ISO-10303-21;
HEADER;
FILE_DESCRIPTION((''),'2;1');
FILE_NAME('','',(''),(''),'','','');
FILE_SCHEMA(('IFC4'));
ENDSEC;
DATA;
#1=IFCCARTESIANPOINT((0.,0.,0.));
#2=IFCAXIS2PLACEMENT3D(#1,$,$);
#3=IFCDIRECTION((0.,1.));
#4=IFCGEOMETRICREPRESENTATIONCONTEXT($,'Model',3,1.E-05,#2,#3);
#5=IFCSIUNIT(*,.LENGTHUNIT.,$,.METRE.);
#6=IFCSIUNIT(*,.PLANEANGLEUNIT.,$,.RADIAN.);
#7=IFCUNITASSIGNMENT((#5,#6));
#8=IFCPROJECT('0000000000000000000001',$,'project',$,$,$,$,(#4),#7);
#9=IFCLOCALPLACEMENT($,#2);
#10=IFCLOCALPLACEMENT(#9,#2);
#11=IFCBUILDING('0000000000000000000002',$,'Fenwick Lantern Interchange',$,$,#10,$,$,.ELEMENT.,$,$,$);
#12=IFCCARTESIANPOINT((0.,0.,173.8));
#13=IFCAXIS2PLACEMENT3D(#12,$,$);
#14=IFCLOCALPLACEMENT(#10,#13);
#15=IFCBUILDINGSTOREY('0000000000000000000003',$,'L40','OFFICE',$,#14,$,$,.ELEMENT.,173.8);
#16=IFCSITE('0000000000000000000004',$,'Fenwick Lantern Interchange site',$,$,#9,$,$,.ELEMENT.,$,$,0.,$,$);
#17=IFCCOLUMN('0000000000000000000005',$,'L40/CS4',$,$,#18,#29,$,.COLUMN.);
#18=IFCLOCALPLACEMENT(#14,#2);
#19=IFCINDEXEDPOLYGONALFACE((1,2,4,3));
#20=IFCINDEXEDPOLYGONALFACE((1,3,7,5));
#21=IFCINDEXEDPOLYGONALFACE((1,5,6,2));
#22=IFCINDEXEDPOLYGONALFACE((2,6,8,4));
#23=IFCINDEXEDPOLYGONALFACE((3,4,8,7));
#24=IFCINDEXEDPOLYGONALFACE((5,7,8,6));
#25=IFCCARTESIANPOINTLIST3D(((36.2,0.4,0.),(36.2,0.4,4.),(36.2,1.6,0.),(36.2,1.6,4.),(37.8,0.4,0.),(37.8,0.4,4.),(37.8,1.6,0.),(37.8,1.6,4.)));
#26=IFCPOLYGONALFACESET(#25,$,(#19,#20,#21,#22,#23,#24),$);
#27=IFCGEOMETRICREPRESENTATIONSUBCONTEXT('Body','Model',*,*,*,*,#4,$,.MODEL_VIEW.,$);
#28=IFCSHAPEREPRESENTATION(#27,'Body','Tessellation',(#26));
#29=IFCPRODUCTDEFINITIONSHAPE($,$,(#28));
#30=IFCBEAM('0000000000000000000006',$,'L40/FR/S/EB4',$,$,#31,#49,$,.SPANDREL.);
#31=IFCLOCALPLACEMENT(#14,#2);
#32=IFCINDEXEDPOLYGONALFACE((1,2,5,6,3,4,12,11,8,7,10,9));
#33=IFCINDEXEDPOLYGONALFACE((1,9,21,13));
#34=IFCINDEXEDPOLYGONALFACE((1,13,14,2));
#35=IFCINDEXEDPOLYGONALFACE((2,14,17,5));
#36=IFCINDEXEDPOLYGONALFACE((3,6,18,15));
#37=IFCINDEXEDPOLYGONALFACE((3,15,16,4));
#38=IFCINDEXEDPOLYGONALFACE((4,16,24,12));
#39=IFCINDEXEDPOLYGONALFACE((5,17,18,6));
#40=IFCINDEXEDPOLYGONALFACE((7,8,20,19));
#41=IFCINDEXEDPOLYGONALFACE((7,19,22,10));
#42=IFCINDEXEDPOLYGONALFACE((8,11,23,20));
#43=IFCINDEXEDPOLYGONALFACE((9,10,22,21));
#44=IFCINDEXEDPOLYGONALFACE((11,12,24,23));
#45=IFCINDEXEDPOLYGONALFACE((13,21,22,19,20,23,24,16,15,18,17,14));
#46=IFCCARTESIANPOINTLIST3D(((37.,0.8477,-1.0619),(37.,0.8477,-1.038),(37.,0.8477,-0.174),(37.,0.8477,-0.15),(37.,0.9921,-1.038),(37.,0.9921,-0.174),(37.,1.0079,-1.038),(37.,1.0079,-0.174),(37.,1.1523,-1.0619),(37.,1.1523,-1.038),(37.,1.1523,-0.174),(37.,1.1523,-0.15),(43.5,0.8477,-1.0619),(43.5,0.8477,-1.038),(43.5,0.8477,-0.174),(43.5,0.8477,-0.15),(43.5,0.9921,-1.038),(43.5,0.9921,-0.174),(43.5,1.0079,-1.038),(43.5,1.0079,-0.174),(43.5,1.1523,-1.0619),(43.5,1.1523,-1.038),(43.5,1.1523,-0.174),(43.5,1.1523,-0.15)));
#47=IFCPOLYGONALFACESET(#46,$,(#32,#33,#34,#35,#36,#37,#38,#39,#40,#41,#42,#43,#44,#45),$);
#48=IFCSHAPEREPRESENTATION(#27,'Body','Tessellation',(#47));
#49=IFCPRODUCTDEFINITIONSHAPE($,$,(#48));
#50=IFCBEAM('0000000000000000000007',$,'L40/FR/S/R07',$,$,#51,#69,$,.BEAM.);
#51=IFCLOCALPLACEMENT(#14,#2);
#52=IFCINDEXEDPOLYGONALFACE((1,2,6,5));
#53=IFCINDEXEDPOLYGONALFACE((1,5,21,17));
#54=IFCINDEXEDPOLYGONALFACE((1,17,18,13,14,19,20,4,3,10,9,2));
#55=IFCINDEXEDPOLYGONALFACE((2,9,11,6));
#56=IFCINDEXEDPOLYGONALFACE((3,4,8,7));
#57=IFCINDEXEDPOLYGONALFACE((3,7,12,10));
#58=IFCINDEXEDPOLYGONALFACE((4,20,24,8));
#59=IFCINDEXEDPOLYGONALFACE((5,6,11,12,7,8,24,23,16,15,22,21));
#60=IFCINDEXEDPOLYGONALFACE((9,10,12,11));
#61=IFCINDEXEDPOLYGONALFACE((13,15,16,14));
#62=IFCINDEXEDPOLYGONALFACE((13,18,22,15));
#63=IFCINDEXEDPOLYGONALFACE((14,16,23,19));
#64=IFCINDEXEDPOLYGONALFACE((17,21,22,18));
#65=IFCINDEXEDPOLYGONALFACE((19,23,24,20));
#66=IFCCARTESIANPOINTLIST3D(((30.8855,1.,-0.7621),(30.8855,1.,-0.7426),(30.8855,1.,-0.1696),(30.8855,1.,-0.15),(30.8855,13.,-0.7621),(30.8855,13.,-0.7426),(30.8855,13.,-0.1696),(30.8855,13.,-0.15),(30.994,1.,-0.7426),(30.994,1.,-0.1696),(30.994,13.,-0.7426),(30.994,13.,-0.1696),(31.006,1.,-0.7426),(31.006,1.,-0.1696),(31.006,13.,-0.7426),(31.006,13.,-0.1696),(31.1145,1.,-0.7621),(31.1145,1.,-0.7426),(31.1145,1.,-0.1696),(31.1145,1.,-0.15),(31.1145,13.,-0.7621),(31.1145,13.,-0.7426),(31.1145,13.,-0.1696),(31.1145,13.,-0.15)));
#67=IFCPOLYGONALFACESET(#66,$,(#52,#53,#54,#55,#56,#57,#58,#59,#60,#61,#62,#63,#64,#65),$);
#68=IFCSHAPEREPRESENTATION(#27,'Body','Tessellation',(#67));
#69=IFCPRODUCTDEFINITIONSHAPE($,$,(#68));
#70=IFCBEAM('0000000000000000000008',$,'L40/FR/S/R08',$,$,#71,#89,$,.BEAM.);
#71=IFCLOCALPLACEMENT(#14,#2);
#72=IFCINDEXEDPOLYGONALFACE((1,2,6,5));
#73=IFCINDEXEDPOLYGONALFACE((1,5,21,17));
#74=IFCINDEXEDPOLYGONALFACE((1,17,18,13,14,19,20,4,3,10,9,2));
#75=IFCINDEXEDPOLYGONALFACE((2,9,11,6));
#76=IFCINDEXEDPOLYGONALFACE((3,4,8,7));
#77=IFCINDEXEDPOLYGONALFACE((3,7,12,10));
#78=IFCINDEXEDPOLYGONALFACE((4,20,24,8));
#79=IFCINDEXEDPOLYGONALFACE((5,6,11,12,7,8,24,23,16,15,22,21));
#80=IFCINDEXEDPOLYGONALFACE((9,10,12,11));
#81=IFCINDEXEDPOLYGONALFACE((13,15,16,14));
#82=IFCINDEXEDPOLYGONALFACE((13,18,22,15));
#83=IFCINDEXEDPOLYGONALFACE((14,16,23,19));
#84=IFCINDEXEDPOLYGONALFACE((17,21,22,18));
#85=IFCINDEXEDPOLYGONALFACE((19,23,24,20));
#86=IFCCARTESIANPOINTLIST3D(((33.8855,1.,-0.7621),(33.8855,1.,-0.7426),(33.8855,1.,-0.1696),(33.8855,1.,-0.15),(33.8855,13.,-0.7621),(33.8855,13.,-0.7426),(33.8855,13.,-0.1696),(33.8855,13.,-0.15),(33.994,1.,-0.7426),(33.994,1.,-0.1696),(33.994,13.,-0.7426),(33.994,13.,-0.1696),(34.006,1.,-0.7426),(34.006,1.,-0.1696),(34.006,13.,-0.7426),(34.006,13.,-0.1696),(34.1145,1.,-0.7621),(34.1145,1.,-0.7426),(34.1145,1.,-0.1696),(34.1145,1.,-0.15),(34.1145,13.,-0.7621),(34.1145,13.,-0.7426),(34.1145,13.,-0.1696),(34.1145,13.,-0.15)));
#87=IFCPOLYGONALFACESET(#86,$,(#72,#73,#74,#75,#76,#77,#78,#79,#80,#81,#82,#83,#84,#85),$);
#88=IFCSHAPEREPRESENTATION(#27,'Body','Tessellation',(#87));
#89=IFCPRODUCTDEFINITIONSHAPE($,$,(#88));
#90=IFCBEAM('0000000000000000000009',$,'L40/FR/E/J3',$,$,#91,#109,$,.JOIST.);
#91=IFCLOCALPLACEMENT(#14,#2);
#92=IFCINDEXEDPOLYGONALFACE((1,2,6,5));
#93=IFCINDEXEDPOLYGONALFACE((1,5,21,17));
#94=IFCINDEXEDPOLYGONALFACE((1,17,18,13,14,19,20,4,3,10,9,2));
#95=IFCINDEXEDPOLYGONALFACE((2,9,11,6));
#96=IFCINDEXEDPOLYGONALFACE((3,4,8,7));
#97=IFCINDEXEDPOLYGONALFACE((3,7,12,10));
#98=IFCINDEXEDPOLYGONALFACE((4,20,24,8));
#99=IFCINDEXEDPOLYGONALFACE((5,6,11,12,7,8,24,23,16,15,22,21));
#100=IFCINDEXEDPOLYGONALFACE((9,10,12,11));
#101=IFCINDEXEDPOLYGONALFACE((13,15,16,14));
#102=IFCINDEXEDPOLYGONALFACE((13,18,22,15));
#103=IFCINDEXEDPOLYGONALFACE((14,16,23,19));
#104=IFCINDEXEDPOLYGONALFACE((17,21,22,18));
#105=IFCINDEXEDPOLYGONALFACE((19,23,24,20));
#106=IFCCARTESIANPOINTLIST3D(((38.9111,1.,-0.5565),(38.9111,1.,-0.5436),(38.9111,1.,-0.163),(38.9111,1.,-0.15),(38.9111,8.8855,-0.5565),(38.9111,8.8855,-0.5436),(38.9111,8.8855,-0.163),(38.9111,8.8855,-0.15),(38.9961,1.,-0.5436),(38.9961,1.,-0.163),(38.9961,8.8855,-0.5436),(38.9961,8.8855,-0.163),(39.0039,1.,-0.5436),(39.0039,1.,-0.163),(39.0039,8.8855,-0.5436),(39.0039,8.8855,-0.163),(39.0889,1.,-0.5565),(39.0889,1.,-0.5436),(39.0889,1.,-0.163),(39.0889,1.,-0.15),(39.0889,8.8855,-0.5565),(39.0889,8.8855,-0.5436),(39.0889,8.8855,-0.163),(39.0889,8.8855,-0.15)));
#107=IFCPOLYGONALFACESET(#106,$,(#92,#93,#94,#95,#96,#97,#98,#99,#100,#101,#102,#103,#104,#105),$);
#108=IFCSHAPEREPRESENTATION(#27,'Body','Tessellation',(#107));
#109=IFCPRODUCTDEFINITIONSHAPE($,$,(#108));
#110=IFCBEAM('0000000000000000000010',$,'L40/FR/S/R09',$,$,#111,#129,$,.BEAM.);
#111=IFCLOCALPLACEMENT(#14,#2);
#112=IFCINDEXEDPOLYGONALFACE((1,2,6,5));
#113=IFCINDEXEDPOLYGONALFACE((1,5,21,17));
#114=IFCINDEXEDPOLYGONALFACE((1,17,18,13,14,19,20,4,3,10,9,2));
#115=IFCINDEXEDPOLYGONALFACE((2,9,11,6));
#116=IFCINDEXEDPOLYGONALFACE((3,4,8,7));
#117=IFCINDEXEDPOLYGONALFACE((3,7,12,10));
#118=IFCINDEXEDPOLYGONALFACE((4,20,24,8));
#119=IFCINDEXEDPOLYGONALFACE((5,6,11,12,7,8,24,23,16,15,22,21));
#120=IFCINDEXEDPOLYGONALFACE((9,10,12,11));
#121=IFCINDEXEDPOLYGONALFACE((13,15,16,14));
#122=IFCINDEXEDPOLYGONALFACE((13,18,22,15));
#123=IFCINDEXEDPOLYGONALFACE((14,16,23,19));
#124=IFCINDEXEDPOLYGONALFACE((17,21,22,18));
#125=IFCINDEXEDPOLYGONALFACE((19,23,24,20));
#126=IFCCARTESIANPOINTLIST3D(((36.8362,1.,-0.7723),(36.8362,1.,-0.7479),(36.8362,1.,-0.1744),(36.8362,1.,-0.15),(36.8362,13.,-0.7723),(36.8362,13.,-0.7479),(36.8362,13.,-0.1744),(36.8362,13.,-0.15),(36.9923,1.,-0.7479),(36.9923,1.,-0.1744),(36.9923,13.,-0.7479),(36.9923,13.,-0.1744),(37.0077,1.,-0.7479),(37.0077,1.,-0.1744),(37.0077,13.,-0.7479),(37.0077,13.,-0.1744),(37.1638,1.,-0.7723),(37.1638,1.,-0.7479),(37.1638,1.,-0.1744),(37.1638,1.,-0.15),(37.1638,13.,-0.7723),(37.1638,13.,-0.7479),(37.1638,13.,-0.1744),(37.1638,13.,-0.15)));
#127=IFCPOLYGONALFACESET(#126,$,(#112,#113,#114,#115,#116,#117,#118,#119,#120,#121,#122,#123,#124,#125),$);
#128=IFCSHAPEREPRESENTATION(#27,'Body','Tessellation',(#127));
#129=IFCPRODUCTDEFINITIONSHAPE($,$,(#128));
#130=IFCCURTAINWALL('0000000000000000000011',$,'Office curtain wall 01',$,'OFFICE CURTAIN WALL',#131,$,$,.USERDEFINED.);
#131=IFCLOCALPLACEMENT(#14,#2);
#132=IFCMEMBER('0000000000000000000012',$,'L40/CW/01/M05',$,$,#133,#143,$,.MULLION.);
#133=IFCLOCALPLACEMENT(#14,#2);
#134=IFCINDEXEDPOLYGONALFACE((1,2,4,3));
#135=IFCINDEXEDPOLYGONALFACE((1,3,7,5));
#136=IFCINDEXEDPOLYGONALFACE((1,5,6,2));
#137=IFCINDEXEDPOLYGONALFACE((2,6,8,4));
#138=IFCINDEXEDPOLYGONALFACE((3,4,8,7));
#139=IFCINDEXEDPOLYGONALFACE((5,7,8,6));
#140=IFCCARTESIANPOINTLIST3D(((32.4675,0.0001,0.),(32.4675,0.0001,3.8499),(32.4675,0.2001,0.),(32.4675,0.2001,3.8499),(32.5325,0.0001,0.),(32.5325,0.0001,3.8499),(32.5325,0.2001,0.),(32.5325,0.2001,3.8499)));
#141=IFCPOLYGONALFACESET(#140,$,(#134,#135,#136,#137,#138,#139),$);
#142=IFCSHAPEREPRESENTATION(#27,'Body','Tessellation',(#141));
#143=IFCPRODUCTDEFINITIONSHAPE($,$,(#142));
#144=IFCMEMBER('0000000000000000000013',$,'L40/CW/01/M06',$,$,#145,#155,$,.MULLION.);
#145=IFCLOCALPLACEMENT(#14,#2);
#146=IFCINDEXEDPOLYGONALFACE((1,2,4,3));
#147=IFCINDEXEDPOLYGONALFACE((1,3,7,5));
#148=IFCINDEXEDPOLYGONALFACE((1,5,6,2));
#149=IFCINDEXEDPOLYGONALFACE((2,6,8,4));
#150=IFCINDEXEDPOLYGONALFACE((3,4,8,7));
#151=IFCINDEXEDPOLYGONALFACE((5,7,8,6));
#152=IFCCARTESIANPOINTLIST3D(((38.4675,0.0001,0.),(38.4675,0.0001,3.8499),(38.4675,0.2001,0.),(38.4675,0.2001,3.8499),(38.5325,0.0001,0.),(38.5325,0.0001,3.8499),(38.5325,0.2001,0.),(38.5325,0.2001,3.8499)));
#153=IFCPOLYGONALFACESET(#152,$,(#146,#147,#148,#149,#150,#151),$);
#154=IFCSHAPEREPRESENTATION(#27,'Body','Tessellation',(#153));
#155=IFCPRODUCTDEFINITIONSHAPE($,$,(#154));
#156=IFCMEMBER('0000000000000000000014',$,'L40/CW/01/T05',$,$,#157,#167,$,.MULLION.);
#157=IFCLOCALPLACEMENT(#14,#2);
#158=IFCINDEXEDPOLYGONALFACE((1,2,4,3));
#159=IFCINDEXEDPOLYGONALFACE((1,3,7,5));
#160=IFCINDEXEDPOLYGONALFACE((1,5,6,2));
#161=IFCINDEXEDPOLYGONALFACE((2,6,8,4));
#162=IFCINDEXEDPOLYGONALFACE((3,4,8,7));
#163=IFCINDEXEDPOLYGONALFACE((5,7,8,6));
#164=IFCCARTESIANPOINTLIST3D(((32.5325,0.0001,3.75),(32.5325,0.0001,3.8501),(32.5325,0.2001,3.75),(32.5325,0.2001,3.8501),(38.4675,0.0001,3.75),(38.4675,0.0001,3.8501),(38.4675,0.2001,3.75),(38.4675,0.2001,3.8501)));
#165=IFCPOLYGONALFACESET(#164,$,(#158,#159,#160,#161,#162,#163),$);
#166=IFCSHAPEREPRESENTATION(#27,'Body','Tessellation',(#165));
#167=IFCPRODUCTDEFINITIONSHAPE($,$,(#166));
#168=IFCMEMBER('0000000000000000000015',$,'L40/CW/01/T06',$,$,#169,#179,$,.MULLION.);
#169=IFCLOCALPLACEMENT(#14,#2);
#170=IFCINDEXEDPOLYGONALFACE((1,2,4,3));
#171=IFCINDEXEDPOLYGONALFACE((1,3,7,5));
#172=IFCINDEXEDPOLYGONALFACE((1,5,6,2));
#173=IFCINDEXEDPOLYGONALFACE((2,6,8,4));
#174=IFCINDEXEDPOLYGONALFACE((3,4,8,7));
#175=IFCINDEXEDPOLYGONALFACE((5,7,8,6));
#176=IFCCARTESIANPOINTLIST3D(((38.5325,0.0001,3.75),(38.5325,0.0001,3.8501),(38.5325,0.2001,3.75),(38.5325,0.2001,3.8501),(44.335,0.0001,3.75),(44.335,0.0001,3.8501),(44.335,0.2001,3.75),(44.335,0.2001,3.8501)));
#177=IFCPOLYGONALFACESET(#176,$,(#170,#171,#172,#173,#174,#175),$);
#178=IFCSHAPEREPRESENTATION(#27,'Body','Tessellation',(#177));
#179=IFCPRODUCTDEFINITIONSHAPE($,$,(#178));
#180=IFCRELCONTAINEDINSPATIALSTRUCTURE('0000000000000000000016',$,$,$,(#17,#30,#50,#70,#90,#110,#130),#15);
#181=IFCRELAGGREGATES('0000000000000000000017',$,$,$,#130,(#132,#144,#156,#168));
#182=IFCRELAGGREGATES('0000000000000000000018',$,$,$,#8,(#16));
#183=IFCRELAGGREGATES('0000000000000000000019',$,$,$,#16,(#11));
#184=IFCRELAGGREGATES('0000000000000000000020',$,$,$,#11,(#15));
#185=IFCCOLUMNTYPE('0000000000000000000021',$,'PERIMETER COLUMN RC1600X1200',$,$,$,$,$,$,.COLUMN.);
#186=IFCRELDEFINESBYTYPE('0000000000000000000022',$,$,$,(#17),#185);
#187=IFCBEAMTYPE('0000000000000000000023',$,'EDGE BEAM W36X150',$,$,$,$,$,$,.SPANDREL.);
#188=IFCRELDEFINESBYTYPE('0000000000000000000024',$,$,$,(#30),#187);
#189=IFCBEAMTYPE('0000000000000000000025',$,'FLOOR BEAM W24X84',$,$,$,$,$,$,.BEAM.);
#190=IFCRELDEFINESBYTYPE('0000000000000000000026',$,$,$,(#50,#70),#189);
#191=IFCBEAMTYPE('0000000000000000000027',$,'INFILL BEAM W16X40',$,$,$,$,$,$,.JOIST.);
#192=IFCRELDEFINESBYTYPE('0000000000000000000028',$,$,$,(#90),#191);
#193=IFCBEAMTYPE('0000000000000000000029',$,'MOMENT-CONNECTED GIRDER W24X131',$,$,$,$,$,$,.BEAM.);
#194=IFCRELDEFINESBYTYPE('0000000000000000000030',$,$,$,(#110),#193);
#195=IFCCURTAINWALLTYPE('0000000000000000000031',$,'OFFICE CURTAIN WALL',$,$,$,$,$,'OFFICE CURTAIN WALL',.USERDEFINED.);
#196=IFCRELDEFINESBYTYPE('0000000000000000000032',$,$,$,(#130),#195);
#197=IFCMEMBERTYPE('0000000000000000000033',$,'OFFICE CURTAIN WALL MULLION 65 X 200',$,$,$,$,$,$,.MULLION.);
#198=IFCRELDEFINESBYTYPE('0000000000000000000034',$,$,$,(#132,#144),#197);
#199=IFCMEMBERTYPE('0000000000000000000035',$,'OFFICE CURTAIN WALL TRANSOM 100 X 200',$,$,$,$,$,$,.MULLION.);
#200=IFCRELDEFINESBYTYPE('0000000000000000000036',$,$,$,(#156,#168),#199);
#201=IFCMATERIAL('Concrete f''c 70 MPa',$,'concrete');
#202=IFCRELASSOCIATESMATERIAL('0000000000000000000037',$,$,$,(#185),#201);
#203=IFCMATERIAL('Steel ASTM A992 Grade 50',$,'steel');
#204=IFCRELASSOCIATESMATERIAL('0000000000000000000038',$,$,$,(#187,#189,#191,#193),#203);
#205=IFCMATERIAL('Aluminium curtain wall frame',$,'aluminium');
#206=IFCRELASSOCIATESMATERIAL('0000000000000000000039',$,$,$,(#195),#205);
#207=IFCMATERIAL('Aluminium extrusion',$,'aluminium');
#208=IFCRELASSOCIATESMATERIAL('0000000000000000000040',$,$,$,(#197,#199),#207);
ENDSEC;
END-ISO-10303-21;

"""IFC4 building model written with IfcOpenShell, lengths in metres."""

from ifc_helpers import new_model, si_unit, direction, frame, origin, origin_2d, place, context, subcontext, project, spatial, rectangle, i_section, extrude, material, material_profile, profile_set, type_object, element, aggregate, save


model = new_model("IFC4")

# Units and contexts
model_context = context("Model", 3, precision=1e-05, world=origin(), true_north=direction((0.0, 1.0)))
body_context = subcontext(model_context, "Body", "Model", "MODEL_VIEW")
ifc_project = project(units=[si_unit("LENGTHUNIT", "METRE"), si_unit("PLANEANGLEUNIT", "RADIAN")], contexts=[model_context])

# Site, building, storey
site_placement = place(None, origin())
site = spatial("IfcSite", under=ifc_project, at=site_placement, Name="Fenwick Lantern Interchange site", CompositionType="ELEMENT", RefElevation=0.0)
building_placement = place(site_placement, origin())
building = spatial("IfcBuilding", under=site, at=building_placement, Name="Fenwick Lantern Interchange", CompositionType="ELEMENT")
storey_placement = place(building_placement, frame((0.0, 0.0, 173.8)))
storey = spatial("IfcBuildingStorey", under=building, at=storey_placement, Name="L40", Description="OFFICE", CompositionType="ELEMENT", Elevation=173.8)

# Column
ifc_material_1 = material(Name="Concrete f'c 70 MPa", Category="concrete")
ifc_material_profile_1 = material_profile(ifc_material_1, rectangle(XDim=1.6001, YDim=1.2, at=origin_2d()), Name="RC1600X1200")
ifc_profile_set_1 = profile_set([ifc_material_profile_1], Name="Concrete f'c 70 MPa")
column_type = type_object("IfcColumnType", Name="PERIMETER COLUMN RC1600X1200", PredefinedType="COLUMN", material=ifc_profile_set_1)
column_placement = place(storey_placement, frame((37.0, 1.0, 0.0), z_axis=(0.0, 0.0, 1.0), x_axis=(1.0, 0.0, 0.0)))
element("IfcColumn", 1, at=column_placement, inside=storey, type_object=column_type, Name="L40/CS4", PredefinedType="COLUMN", context=body_context, shape_type="SweptSolid", body=[
    extrude(rectangle(XDim=1.6001, YDim=1.2, at=origin_2d()), origin(), (0.0, 0.0, 1.0), 4.0),
])

# Beams
ifc_material_2 = material(Name="Steel ASTM A992 Grade 50", Category="steel")
ifc_material_profile_2 = material_profile(ifc_material_2, i_section(OverallWidth=0.3047, OverallDepth=0.9119, WebThickness=0.0159, FlangeThickness=0.0239, at=origin_2d()), Name="W36X150")
ifc_profile_set_2 = profile_set([ifc_material_profile_2], Name="Steel ASTM A992 Grade 50")
beam_type_1 = type_object("IfcBeamType", Name="EDGE BEAM W36X150", PredefinedType="SPANDREL", material=ifc_profile_set_2)
beam_1_placement = place(storey_placement, frame((37.0, 1.0, -0.606), z_axis=(1.0, 0.0, 0.0), x_axis=(0.0, 1.0, 0.0)))
element("IfcBeam", 2, at=beam_1_placement, inside=storey, type_object=beam_type_1, Name="L40/FR/S/EB4", PredefinedType="SPANDREL", context=body_context, shape_type="SweptSolid", body=[
    extrude(i_section(OverallWidth=0.3047, OverallDepth=0.9119, WebThickness=0.0159, FlangeThickness=0.0239, at=origin_2d()), origin(), (0.0, 0.0, 1.0), 6.5),
])
ifc_material_profile_3 = material_profile(ifc_material_2, i_section(OverallWidth=0.229, OverallDepth=0.6121, WebThickness=0.012, FlangeThickness=0.0195, at=origin_2d()), Name="W24X84")
ifc_profile_set_3 = profile_set([ifc_material_profile_3], Name="Steel ASTM A992 Grade 50")
beam_type_2 = type_object("IfcBeamType", Name="FLOOR BEAM W24X84", PredefinedType="BEAM", material=ifc_profile_set_3)
for number, where, z_axis, x_axis, name in (
    (3, (31.0, 1.0, -0.4561), (0.0, 1.0, 0.0), (-1.0, 0.0, 0.0), "L40/FR/S/R07"),
    (4, (34.0, 1.0, -0.4561), (0.0, 1.0, 0.0), (-1.0, 0.0, 0.0), "L40/FR/S/R08"),
):
    element("IfcBeam", number, at=place(storey_placement, frame(where, z_axis=z_axis, x_axis=x_axis)), inside=storey, type_object=beam_type_2, Name=name, PredefinedType="BEAM", context=body_context, shape_type="SweptSolid", body=[
        extrude(i_section(OverallWidth=0.229, OverallDepth=0.6121, WebThickness=0.012, FlangeThickness=0.0195, at=origin_2d()), origin(), (0.0, 0.0, 1.0), 12.0),
    ])
ifc_material_profile_4 = material_profile(ifc_material_2, i_section(OverallWidth=0.1777, OverallDepth=0.4065, WebThickness=0.0078, FlangeThickness=0.0129, at=origin_2d()), Name="W16X40")
ifc_profile_set_4 = profile_set([ifc_material_profile_4], Name="Steel ASTM A992 Grade 50")
beam_type_3 = type_object("IfcBeamType", Name="INFILL BEAM W16X40", PredefinedType="JOIST", material=ifc_profile_set_4)
beam_2_placement = place(storey_placement, frame((39.0, 1.0, -0.3533), z_axis=(0.0, 1.0, 0.0), x_axis=(-1.0, 0.0, 0.0)))
element("IfcBeam", 5, at=beam_2_placement, inside=storey, type_object=beam_type_3, Name="L40/FR/E/J3", PredefinedType="JOIST", context=body_context, shape_type="SweptSolid", body=[
    extrude(i_section(OverallWidth=0.1777, OverallDepth=0.4065, WebThickness=0.0078, FlangeThickness=0.0129, at=origin_2d()), origin(), (0.0, 0.0, 1.0), 7.8855),
])
ifc_material_profile_5 = material_profile(ifc_material_2, i_section(OverallWidth=0.3276, OverallDepth=0.6223, WebThickness=0.0154, FlangeThickness=0.0244, at=origin_2d()), Name="W24X131")
ifc_profile_set_5 = profile_set([ifc_material_profile_5], Name="Steel ASTM A992 Grade 50")
beam_type_4 = type_object("IfcBeamType", Name="MOMENT-CONNECTED GIRDER W24X131", PredefinedType="BEAM", material=ifc_profile_set_5)
beam_3_placement = place(storey_placement, frame((37.0, 1.0, -0.4612), z_axis=(0.0, 1.0, 0.0), x_axis=(-1.0, 0.0, 0.0)))
element("IfcBeam", 6, at=beam_3_placement, inside=storey, type_object=beam_type_4, Name="L40/FR/S/R09", PredefinedType="BEAM", context=body_context, shape_type="SweptSolid", body=[
    extrude(i_section(OverallWidth=0.3276, OverallDepth=0.6223, WebThickness=0.0154, FlangeThickness=0.0244, at=origin_2d()), origin(), (0.0, 0.0, 1.0), 12.0),
])

# Curtain wall, members
ifc_material_3 = material(Name="Aluminium curtain wall frame", Category="aluminium")
curtain_wall_type = type_object("IfcCurtainWallType", Name="OFFICE CURTAIN WALL", ElementType="OFFICE CURTAIN WALL", PredefinedType="USERDEFINED", material=ifc_material_3)
curtain_wall_placement = place(storey_placement, origin())
curtain_wall = element("IfcCurtainWall", 7, at=curtain_wall_placement, inside=storey, type_object=curtain_wall_type, Name="Office curtain wall 01", ObjectType="OFFICE CURTAIN WALL", PredefinedType="USERDEFINED")
ifc_material_4 = material(Name="Aluminium extrusion", Category="aluminium")
ifc_material_profile_6 = material_profile(ifc_material_4, rectangle(XDim=0.2, YDim=0.0649, at=origin_2d()), Name="OFFICE CURTAIN WALL MULLION 65 X 200")
ifc_profile_set_6 = profile_set([ifc_material_profile_6], Name="Aluminium extrusion")
member_type_1 = type_object("IfcMemberType", Name="OFFICE CURTAIN WALL MULLION 65 X 200", PredefinedType="MULLION", material=ifc_profile_set_6)
member_1_placement = place(storey_placement, frame((32.5, 0.1001, 0.0), z_axis=(0.0, 0.0, 1.0), x_axis=(0.0, 1.0, 0.0)))
member_1 = element("IfcMember", 8, at=member_1_placement, type_object=member_type_1, Name="L40/CW/01/M05", PredefinedType="MULLION", context=body_context, shape_type="SweptSolid", body=[
    extrude(rectangle(XDim=0.2, YDim=0.0649, at=origin_2d()), origin(), (0.0, 0.0, 1.0), 3.8499),
])
member_2_placement = place(storey_placement, frame((38.5, 0.1001, 0.0), z_axis=(0.0, 0.0, 1.0), x_axis=(0.0, 1.0, 0.0)))
member_2 = element("IfcMember", 9, at=member_2_placement, type_object=member_type_1, Name="L40/CW/01/M06", PredefinedType="MULLION", context=body_context, shape_type="SweptSolid", body=[
    extrude(rectangle(XDim=0.2, YDim=0.0649, at=origin_2d()), origin(), (0.0, 0.0, 1.0), 3.8499),
])
ifc_material_profile_7 = material_profile(ifc_material_4, rectangle(XDim=0.2, YDim=0.1001, at=origin_2d()), Name="OFFICE CURTAIN WALL TRANSOM 100 X 200")
ifc_profile_set_7 = profile_set([ifc_material_profile_7], Name="Aluminium extrusion")
member_type_2 = type_object("IfcMemberType", Name="OFFICE CURTAIN WALL TRANSOM 100 X 200", PredefinedType="MULLION", material=ifc_profile_set_7)
member_3_placement = place(storey_placement, frame((32.5325, 0.1001, 3.8), z_axis=(1.0, 0.0, 0.0), x_axis=(0.0, 1.0, 0.0)))
member_3 = element("IfcMember", 10, at=member_3_placement, type_object=member_type_2, Name="L40/CW/01/T05", PredefinedType="MULLION", context=body_context, shape_type="SweptSolid", body=[
    extrude(rectangle(XDim=0.2, YDim=0.1001, at=origin_2d()), origin(), (0.0, 0.0, 1.0), 5.9351),
])
member_4_placement = place(storey_placement, frame((38.5325, 0.1001, 3.8), z_axis=(1.0, 0.0, 0.0), x_axis=(0.0, 1.0, 0.0)))
member_4 = element("IfcMember", 11, at=member_4_placement, type_object=member_type_2, Name="L40/CW/01/T06", PredefinedType="MULLION", context=body_context, shape_type="SweptSolid", body=[
    extrude(rectangle(XDim=0.2, YDim=0.1001, at=origin_2d()), origin(), (0.0, 0.0, 1.0), 5.8025),
])
aggregate(curtain_wall, [member_1, member_2, member_3, member_4])

save(model, "model.ifc")
